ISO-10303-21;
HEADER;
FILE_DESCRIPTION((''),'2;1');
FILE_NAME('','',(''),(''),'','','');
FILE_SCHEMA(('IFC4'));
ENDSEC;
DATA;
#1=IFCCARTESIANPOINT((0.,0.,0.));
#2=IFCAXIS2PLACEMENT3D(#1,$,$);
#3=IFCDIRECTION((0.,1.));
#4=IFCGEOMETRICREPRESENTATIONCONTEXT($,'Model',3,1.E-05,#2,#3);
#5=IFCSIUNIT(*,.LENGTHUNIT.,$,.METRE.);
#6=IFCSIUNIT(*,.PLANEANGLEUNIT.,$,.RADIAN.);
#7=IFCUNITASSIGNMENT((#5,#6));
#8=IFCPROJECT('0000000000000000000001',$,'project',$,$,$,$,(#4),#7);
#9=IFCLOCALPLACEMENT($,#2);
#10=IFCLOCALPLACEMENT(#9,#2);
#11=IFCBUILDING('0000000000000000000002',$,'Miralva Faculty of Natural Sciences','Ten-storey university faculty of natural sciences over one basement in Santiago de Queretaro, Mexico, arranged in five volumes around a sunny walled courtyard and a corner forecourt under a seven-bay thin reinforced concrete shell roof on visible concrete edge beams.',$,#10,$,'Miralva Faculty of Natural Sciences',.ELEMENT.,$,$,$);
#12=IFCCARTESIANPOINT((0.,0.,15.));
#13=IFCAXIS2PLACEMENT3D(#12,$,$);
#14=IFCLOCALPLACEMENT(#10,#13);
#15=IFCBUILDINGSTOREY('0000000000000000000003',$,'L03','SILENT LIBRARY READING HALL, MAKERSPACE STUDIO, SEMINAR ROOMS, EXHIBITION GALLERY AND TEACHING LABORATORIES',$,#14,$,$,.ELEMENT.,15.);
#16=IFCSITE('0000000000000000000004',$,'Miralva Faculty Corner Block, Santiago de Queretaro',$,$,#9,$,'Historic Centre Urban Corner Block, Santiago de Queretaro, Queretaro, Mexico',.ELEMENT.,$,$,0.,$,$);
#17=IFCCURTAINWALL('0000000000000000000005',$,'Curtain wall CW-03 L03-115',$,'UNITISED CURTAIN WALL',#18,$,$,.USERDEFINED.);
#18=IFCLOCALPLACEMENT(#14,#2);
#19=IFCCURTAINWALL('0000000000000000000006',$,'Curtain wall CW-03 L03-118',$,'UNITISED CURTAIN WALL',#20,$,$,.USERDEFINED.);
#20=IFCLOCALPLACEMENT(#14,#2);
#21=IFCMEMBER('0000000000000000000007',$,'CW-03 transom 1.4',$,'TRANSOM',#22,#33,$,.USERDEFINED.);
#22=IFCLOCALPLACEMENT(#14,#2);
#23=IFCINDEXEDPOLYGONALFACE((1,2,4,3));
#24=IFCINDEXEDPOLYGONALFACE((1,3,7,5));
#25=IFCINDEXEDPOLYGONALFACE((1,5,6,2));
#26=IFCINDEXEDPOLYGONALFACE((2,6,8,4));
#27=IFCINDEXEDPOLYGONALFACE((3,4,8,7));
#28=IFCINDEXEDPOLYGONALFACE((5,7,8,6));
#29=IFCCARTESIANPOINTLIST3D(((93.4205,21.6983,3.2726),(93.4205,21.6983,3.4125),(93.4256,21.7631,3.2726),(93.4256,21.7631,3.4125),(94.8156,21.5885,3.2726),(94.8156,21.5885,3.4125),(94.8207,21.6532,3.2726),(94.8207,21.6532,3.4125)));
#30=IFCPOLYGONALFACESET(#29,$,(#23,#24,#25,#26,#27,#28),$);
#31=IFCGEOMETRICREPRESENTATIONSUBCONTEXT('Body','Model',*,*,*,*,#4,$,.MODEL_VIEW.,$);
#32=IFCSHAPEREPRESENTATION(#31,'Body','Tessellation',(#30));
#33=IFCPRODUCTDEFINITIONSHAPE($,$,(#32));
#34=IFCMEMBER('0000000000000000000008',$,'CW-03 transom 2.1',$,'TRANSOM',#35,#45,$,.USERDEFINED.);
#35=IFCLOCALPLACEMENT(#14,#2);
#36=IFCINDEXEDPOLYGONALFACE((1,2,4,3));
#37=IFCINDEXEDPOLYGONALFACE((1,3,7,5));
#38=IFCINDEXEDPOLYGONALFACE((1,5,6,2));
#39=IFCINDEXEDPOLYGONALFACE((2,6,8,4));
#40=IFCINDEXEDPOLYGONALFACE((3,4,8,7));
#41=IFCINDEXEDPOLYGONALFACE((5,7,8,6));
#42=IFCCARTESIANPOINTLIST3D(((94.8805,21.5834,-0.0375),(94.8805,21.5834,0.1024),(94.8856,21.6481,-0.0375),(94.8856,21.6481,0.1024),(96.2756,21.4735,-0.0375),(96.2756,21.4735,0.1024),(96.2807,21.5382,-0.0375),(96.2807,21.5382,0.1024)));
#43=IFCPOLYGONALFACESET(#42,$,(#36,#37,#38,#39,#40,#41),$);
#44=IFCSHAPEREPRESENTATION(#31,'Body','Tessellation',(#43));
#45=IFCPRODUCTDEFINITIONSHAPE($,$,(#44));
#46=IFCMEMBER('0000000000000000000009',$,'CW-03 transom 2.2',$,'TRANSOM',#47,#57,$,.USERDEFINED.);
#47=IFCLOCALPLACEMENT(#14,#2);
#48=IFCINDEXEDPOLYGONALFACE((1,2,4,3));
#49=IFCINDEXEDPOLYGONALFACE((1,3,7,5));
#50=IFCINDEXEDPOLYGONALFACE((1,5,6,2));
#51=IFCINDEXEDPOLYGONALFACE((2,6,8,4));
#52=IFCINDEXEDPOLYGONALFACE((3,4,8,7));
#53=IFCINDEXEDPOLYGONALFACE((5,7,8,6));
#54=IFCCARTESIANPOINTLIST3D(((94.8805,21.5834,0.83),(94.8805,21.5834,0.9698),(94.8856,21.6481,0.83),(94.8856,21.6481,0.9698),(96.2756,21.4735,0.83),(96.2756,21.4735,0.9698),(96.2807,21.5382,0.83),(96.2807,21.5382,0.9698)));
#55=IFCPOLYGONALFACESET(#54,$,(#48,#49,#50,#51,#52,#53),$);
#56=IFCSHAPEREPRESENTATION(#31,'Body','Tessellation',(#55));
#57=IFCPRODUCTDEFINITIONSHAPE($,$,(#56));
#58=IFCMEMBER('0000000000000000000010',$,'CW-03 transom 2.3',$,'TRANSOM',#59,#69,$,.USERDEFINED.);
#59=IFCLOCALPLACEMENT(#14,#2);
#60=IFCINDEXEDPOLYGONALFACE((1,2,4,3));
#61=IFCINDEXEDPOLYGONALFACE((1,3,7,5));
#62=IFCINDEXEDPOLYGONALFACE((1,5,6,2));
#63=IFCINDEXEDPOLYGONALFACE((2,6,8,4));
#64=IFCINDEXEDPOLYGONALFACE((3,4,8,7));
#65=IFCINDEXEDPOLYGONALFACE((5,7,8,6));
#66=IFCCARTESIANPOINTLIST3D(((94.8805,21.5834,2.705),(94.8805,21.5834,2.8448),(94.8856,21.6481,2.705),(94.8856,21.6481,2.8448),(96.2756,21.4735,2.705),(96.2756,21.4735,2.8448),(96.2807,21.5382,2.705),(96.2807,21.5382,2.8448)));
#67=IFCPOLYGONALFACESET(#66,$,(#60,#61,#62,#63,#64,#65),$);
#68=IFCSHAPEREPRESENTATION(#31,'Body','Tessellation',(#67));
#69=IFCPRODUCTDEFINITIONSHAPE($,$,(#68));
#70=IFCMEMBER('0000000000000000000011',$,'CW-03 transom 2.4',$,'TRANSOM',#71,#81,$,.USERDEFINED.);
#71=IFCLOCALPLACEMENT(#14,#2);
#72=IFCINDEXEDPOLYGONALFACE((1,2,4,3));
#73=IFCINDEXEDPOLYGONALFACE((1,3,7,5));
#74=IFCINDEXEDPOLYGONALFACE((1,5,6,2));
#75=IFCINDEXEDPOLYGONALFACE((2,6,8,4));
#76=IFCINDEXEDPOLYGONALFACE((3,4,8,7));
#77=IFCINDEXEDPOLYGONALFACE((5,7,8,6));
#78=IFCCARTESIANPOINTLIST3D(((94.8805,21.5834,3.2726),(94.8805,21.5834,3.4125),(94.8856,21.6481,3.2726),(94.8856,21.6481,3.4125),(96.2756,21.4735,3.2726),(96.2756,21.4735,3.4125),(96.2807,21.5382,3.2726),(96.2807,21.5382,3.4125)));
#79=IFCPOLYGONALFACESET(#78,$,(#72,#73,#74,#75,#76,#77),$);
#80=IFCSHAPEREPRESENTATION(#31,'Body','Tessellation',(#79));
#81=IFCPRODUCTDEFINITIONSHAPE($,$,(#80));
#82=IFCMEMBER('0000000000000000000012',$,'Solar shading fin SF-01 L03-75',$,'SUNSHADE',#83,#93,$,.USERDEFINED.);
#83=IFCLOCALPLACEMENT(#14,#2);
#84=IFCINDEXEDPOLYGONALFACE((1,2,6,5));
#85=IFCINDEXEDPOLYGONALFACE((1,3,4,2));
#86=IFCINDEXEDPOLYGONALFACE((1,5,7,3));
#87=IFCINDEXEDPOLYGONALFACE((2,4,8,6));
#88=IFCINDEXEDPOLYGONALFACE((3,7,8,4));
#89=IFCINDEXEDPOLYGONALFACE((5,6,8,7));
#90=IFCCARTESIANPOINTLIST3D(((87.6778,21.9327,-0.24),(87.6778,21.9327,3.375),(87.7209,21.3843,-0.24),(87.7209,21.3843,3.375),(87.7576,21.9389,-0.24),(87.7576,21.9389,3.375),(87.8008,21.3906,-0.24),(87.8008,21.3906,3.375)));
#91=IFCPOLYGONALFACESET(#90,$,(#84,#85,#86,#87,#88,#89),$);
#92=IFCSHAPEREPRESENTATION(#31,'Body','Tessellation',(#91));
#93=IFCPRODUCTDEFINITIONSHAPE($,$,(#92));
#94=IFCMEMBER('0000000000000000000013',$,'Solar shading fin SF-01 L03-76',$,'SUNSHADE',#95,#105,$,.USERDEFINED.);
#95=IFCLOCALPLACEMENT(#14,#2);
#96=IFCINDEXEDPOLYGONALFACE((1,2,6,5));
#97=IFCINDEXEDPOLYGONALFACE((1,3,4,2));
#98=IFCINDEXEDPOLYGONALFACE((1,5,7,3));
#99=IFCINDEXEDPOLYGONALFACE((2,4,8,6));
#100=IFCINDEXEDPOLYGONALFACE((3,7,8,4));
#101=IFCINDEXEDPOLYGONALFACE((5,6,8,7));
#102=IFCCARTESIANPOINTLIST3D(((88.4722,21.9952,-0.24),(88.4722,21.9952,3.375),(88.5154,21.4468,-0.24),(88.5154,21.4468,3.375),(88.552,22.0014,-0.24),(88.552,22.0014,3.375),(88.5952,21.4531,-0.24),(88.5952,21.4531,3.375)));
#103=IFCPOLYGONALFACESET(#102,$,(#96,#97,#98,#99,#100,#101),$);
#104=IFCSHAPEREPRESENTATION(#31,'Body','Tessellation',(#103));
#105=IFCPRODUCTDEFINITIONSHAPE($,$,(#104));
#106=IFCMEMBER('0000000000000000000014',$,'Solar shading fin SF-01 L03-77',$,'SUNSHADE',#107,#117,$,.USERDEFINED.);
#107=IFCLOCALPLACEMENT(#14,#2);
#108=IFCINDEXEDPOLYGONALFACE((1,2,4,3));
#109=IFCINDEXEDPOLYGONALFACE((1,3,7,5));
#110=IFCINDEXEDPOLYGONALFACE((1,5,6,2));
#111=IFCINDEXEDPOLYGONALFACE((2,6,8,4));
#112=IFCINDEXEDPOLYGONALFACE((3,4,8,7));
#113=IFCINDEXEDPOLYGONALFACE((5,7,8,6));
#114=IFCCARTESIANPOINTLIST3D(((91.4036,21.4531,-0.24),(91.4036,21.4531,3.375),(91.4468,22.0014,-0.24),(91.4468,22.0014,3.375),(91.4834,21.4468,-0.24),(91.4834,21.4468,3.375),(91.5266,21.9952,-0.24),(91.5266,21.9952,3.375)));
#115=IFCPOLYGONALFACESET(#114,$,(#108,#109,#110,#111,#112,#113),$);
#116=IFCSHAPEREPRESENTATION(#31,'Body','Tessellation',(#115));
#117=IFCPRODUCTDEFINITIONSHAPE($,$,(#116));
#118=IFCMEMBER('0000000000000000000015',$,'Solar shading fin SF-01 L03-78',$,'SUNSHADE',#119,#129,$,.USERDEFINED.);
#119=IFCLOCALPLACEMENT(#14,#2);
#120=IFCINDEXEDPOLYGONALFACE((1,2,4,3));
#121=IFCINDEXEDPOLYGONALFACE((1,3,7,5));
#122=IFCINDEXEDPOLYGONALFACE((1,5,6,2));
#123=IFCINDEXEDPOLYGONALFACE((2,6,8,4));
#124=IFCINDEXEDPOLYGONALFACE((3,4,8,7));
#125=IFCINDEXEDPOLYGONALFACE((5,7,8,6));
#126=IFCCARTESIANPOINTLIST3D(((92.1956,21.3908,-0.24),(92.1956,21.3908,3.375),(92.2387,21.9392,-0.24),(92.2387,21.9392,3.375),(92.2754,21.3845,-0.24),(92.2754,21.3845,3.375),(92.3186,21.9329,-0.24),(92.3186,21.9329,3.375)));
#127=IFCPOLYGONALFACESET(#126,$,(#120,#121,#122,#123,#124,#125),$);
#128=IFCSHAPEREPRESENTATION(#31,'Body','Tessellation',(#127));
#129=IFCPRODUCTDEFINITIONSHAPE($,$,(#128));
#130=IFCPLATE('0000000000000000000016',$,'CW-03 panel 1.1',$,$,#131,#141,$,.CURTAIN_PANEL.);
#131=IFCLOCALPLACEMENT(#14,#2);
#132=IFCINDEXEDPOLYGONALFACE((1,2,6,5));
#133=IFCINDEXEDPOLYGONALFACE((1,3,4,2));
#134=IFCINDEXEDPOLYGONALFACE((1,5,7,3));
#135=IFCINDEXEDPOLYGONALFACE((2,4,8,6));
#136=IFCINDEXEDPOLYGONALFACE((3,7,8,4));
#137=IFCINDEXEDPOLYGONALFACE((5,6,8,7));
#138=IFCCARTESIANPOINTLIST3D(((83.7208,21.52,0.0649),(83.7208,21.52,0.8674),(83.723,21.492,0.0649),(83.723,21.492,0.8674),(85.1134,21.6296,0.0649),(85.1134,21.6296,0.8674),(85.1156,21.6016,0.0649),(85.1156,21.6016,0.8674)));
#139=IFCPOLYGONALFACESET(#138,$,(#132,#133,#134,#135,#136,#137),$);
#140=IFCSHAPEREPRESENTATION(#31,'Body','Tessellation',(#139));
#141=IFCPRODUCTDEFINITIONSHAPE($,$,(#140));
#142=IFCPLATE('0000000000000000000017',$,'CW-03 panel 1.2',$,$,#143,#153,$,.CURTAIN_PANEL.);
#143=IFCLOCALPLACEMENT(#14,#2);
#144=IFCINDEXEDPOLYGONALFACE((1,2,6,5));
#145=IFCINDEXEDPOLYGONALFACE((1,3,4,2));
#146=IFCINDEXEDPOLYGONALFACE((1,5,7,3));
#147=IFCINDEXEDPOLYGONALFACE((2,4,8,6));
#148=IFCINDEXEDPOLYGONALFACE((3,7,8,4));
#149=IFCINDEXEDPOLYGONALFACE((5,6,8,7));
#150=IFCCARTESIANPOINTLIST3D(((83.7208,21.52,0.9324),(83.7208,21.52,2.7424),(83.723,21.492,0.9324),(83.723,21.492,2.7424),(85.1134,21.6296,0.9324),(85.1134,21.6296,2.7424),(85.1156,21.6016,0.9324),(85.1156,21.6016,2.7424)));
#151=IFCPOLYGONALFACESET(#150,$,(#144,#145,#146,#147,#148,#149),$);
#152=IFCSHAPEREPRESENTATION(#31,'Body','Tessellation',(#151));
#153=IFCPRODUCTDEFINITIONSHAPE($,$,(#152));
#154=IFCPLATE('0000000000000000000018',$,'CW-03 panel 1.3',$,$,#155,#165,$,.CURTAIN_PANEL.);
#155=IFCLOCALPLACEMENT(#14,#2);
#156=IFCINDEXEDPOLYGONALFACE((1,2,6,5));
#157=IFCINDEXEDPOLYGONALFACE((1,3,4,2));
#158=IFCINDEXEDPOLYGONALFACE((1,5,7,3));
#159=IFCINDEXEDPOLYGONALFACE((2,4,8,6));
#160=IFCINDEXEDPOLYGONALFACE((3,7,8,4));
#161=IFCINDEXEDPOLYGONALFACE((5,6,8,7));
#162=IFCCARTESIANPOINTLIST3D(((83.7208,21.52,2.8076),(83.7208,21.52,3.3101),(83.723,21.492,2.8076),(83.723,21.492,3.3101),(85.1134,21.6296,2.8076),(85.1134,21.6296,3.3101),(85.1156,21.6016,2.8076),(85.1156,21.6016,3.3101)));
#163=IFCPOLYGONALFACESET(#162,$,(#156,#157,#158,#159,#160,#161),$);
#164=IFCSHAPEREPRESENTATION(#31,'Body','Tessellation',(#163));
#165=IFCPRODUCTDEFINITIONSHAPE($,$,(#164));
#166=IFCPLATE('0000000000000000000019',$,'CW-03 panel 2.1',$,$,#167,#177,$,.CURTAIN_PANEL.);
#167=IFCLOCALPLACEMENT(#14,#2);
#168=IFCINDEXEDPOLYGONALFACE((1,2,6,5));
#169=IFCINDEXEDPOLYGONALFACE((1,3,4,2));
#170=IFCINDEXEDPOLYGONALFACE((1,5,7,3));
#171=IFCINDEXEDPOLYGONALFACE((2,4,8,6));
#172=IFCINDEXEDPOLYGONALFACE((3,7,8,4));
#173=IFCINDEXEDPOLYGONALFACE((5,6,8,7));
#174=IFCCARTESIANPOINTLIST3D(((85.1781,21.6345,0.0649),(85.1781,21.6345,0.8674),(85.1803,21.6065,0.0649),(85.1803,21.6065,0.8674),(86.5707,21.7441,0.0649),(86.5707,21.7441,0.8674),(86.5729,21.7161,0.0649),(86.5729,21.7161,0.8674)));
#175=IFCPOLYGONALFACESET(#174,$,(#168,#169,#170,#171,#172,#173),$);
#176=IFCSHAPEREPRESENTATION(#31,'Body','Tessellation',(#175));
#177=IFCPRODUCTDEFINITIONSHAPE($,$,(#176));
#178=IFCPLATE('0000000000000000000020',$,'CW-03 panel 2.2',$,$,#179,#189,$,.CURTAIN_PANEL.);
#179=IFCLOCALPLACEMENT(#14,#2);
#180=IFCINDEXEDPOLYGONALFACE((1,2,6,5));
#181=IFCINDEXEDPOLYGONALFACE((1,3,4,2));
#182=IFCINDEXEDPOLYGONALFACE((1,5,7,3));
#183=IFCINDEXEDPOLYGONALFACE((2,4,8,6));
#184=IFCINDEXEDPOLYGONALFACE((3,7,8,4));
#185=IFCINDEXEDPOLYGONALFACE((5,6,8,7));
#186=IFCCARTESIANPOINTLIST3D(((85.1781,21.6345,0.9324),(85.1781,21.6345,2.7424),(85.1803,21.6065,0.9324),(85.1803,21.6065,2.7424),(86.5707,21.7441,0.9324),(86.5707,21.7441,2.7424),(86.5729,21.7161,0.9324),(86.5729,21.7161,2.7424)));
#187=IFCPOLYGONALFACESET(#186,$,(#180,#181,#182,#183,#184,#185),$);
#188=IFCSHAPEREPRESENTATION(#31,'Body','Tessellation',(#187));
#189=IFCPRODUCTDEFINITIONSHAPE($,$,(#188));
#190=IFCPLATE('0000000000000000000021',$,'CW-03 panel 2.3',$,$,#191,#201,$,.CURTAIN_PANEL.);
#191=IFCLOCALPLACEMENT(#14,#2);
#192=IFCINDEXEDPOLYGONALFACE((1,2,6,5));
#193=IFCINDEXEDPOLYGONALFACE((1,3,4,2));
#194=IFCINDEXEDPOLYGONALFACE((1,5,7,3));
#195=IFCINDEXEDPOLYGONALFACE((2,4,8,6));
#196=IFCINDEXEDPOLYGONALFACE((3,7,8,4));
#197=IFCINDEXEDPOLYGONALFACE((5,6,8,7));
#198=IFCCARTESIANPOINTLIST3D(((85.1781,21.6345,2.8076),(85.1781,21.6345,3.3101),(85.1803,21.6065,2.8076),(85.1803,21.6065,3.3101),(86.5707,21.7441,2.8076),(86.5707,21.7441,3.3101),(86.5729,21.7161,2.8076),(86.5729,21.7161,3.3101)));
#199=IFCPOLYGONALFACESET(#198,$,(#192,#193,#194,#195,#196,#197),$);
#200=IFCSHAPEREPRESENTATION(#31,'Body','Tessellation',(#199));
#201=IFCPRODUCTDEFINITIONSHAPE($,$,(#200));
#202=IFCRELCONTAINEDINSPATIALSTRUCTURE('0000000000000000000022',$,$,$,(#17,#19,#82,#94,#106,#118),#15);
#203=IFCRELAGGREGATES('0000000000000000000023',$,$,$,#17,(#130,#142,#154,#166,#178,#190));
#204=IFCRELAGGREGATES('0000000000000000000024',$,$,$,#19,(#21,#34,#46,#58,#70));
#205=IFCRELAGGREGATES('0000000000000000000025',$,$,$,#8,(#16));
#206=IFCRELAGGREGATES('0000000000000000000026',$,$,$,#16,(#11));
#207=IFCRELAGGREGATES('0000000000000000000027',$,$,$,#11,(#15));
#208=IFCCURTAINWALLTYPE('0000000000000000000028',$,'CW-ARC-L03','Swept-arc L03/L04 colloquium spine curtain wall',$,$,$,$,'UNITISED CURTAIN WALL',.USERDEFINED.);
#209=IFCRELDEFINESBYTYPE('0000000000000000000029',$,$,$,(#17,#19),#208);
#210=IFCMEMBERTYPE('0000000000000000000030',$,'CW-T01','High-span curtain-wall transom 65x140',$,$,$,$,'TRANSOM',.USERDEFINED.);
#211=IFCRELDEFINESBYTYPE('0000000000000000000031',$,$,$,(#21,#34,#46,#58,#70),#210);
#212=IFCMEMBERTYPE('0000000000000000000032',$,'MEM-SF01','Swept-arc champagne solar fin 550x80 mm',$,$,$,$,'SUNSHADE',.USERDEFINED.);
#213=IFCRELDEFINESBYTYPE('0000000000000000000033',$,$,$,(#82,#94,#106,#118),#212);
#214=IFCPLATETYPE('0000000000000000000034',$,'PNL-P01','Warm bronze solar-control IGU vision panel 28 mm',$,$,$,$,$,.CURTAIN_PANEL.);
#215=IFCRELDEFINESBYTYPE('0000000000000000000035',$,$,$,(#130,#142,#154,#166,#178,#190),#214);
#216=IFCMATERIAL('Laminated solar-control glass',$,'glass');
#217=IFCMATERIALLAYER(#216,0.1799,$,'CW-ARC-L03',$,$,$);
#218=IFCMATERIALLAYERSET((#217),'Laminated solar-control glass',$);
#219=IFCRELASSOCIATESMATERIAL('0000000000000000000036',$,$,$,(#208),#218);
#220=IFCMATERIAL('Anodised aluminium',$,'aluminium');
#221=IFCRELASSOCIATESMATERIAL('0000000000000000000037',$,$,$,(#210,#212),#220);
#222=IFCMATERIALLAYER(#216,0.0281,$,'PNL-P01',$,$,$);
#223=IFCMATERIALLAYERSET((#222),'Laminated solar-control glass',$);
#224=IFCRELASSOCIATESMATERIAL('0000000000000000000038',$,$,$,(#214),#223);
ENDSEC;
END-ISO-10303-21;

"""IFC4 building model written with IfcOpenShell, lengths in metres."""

from ifc_helpers import new_model, si_unit, direction, frame, origin, origin_2d, place, context, subcontext, project, spatial, rectangle, extrude, material, layer, layer_set, material_profile, profile_set, type_object, element, aggregate, save


model = new_model("IFC4")

# Units and contexts
model_context = context("Model", 3, precision=1e-05, world=origin(), true_north=direction((0.0, 1.0)))
body_context = subcontext(model_context, "Body", "Model", "MODEL_VIEW")
ifc_project = project(units=[si_unit("LENGTHUNIT", "METRE"), si_unit("PLANEANGLEUNIT", "RADIAN")], contexts=[model_context])

# Site, building, storey
site_placement = place(None, origin())
site = spatial("IfcSite", under=ifc_project, at=site_placement, Name="Miralva Faculty Corner Block, Santiago de Queretaro", LongName="Historic Centre Urban Corner Block, Santiago de Queretaro, Queretaro, Mexico", CompositionType="ELEMENT", RefElevation=0.0)
building_placement = place(site_placement, origin())
building = spatial("IfcBuilding", under=site, at=building_placement, Name="Miralva Faculty of Natural Sciences", Description="Ten-storey university faculty of natural sciences over one basement in Santiago de Queretaro, Mexico, arranged in five volumes around a sunny walled courtyard and a corner forecourt under a seven-bay thin reinforced concrete shell roof on visible concrete edge beams.", LongName="Miralva Faculty of Natural Sciences", CompositionType="ELEMENT")
storey_placement = place(building_placement, frame((0.0, 0.0, 15.0)))
storey = spatial("IfcBuildingStorey", under=building, at=storey_placement, Name="L03", Description="SILENT LIBRARY READING HALL, MAKERSPACE STUDIO, SEMINAR ROOMS, EXHIBITION GALLERY AND TEACHING LABORATORIES", CompositionType="ELEMENT", Elevation=15.0)

# Curtain wall
ifc_material_1 = material(Name="Laminated solar-control glass", Category="glass")
ifc_layer_1 = layer(ifc_material_1, 0.1799, Name="CW-ARC-L03")
ifc_layer_set_1 = layer_set([ifc_layer_1], Name="Laminated solar-control glass")
curtain_wall_type = type_object("IfcCurtainWallType", Name="CW-ARC-L03", Description="Swept-arc L03/L04 colloquium spine curtain wall", ElementType="UNITISED CURTAIN WALL", PredefinedType="USERDEFINED", material=ifc_layer_set_1)
curtain_wall_1_placement = place(storey_placement, origin())
curtain_wall_1 = element("IfcCurtainWall", 1, at=curtain_wall_1_placement, inside=storey, type_object=curtain_wall_type, Name="Curtain wall CW-03 L03-115", ObjectType="UNITISED CURTAIN WALL", PredefinedType="USERDEFINED")
ifc_material_2 = material(Name="Anodised aluminium", Category="aluminium")

# Curtain wall
curtain_wall_2_placement = place(storey_placement, origin())
curtain_wall_2 = element("IfcCurtainWall", 2, at=curtain_wall_2_placement, inside=storey, type_object=curtain_wall_type, Name="Curtain wall CW-03 L03-118", ObjectType="UNITISED CURTAIN WALL", PredefinedType="USERDEFINED")

# Members
ifc_material_profile_1 = material_profile(ifc_material_2, rectangle(XDim=0.0649, YDim=0.1399, at=origin_2d()), Name="TRANSOM 65x140")
ifc_profile_set_1 = profile_set([ifc_material_profile_1], Name="Anodised aluminium")
member_type_1 = type_object("IfcMemberType", Name="CW-T01", Description="High-span curtain-wall transom 65x140", ElementType="TRANSOM", PredefinedType="USERDEFINED", material=ifc_profile_set_1)
member_1_placement = place(storey_placement, frame((93.4231, 21.7307, 3.3425), z_axis=(0.996913, -0.078511, 0.0), x_axis=(0.078511, 0.996913, 0.0)))
member_1 = element("IfcMember", 3, at=member_1_placement, type_object=member_type_1, Name="CW-03 transom 1.4", ObjectType="TRANSOM", PredefinedType="USERDEFINED", context=body_context, shape_type="SweptSolid", body=[
    extrude(rectangle(XDim=0.0649, YDim=0.1399, at=origin_2d()), origin(), (0.0, 0.0, 1.0), 1.3994),
])
member_2_placement = place(storey_placement, frame((94.8831, 21.6157, 0.0325), z_axis=(0.996913, -0.078511, 0.0), x_axis=(0.078511, 0.996913, 0.0)))
member_2 = element("IfcMember", 4, at=member_2_placement, type_object=member_type_1, Name="CW-03 transom 2.1", ObjectType="TRANSOM", PredefinedType="USERDEFINED", context=body_context, shape_type="SweptSolid", body=[
    extrude(rectangle(XDim=0.0649, YDim=0.1399, at=origin_2d()), origin(), (0.0, 0.0, 1.0), 1.3994),
])
member_3_placement = place(storey_placement, frame((94.8831, 21.6157, 0.8999), z_axis=(0.996913, -0.078511, 0.0), x_axis=(0.078511, 0.996913, 0.0)))
member_3 = element("IfcMember", 5, at=member_3_placement, type_object=member_type_1, Name="CW-03 transom 2.2", ObjectType="TRANSOM", PredefinedType="USERDEFINED", context=body_context, shape_type="SweptSolid", body=[
    extrude(rectangle(XDim=0.0649, YDim=0.1399, at=origin_2d()), origin(), (0.0, 0.0, 1.0), 1.3994),
])
member_4_placement = place(storey_placement, frame((94.8831, 21.6157, 2.7749), z_axis=(0.996913, -0.078511, 0.0), x_axis=(0.078511, 0.996913, 0.0)))
member_4 = element("IfcMember", 6, at=member_4_placement, type_object=member_type_1, Name="CW-03 transom 2.3", ObjectType="TRANSOM", PredefinedType="USERDEFINED", context=body_context, shape_type="SweptSolid", body=[
    extrude(rectangle(XDim=0.0649, YDim=0.1399, at=origin_2d()), origin(), (0.0, 0.0, 1.0), 1.3994),
])
member_5_placement = place(storey_placement, frame((94.8831, 21.6157, 3.3425), z_axis=(0.996913, -0.078511, 0.0), x_axis=(0.078511, 0.996913, 0.0)))
member_5 = element("IfcMember", 7, at=member_5_placement, type_object=member_type_1, Name="CW-03 transom 2.4", ObjectType="TRANSOM", PredefinedType="USERDEFINED", context=body_context, shape_type="SweptSolid", body=[
    extrude(rectangle(XDim=0.0649, YDim=0.1399, at=origin_2d()), origin(), (0.0, 0.0, 1.0), 1.3994),
])

# Members
ifc_material_profile_2 = material_profile(ifc_material_2, rectangle(XDim=0.0801, YDim=0.55, at=origin_2d()), Name="FIN 550x80")
ifc_profile_set_2 = profile_set([ifc_material_profile_2], Name="Anodised aluminium")
member_type_2 = type_object("IfcMemberType", Name="MEM-SF01", Description="Swept-arc champagne solar fin 550x80 mm", ElementType="SUNSHADE", PredefinedType="USERDEFINED", material=ifc_profile_set_2)
for number, where, z_axis, x_axis, name in (
    (8, (87.7393, 21.6616, -0.24), (0.0, 0.0, 1.0), (0.996917, 0.078459, 0.0), "Solar shading fin SF-01 L03-75"),
    (9, (88.5337, 21.7241, -0.24), (0.0, 0.0, 1.0), (0.996917, 0.078459, 0.0), "Solar shading fin SF-01 L03-76"),
    (10, (91.4651, 21.7241, -0.24), (0.0, 0.0, 1.0), (0.996917, -0.078459, 0.0), "Solar shading fin SF-01 L03-77"),
    (11, (92.2571, 21.6619, -0.24), (0.0, 0.0, 1.0), (0.996917, -0.078459, 0.0), "Solar shading fin SF-01 L03-78"),
):
    element("IfcMember", number, at=place(storey_placement, frame(where, z_axis=z_axis, x_axis=x_axis)), inside=storey, type_object=member_type_2, Name=name, ObjectType="SUNSHADE", PredefinedType="USERDEFINED", context=body_context, shape_type="SweptSolid", body=[
        extrude(rectangle(XDim=0.0801, YDim=0.55, at=origin_2d()), origin(), (0.0, 0.0, 1.0), 3.615),
    ])

# Plates
ifc_layer_2 = layer(ifc_material_1, 0.0281, Name="PNL-P01")
ifc_layer_set_2 = layer_set([ifc_layer_2], Name="Laminated solar-control glass")
plate_type = type_object("IfcPlateType", Name="PNL-P01", Description="Warm bronze solar-control IGU vision panel 28 mm", PredefinedType="CURTAIN_PANEL", material=ifc_layer_set_2)
plate_1_placement = place(storey_placement, frame((84.4182, 21.5608, 0.0649), z_axis=(0.0, 0.0, 1.0), x_axis=(0.996917, 0.078459, 0.0)))
plate_1 = element("IfcPlate", 12, at=plate_1_placement, type_object=plate_type, Name="CW-03 panel 1.1", PredefinedType="CURTAIN_PANEL", context=body_context, shape_type="SweptSolid", body=[
    extrude(rectangle(XDim=1.397, YDim=0.0281, at=origin_2d()), origin(), (0.0, 0.0, 1.0), 0.8025),
])
plate_2_placement = place(storey_placement, frame((84.4182, 21.5608, 0.9324), z_axis=(0.0, 0.0, 1.0), x_axis=(0.996917, 0.078459, 0.0)))
plate_2 = element("IfcPlate", 13, at=plate_2_placement, type_object=plate_type, Name="CW-03 panel 1.2", PredefinedType="CURTAIN_PANEL", context=body_context, shape_type="SweptSolid", body=[
    extrude(rectangle(XDim=1.397, YDim=0.0281, at=origin_2d()), origin(), (0.0, 0.0, 1.0), 1.8101),
])
plate_3_placement = place(storey_placement, frame((84.4182, 21.5608, 2.8076), z_axis=(0.0, 0.0, 1.0), x_axis=(0.996917, 0.078459, 0.0)))
plate_3 = element("IfcPlate", 14, at=plate_3_placement, type_object=plate_type, Name="CW-03 panel 1.3", PredefinedType="CURTAIN_PANEL", context=body_context, shape_type="SweptSolid", body=[
    extrude(rectangle(XDim=1.397, YDim=0.0281, at=origin_2d()), origin(), (0.0, 0.0, 1.0), 0.5024),
])
plate_4_placement = place(storey_placement, frame((85.8755, 21.6753, 0.0649), z_axis=(0.0, 0.0, 1.0), x_axis=(0.996917, 0.078459, 0.0)))
plate_4 = element("IfcPlate", 15, at=plate_4_placement, type_object=plate_type, Name="CW-03 panel 2.1", PredefinedType="CURTAIN_PANEL", context=body_context, shape_type="SweptSolid", body=[
    extrude(rectangle(XDim=1.397, YDim=0.0281, at=origin_2d()), origin(), (0.0, 0.0, 1.0), 0.8025),
])
plate_5_placement = place(storey_placement, frame((85.8755, 21.6753, 0.9324), z_axis=(0.0, 0.0, 1.0), x_axis=(0.996917, 0.078459, 0.0)))
plate_5 = element("IfcPlate", 16, at=plate_5_placement, type_object=plate_type, Name="CW-03 panel 2.2", PredefinedType="CURTAIN_PANEL", context=body_context, shape_type="SweptSolid", body=[
    extrude(rectangle(XDim=1.397, YDim=0.0281, at=origin_2d()), origin(), (0.0, 0.0, 1.0), 1.8101),
])
plate_6_placement = place(storey_placement, frame((85.8755, 21.6753, 2.8076), z_axis=(0.0, 0.0, 1.0), x_axis=(0.996917, 0.078459, 0.0)))
plate_6 = element("IfcPlate", 17, at=plate_6_placement, type_object=plate_type, Name="CW-03 panel 2.3", PredefinedType="CURTAIN_PANEL", context=body_context, shape_type="SweptSolid", body=[
    extrude(rectangle(XDim=1.397, YDim=0.0281, at=origin_2d()), origin(), (0.0, 0.0, 1.0), 0.5024),
])
aggregate(curtain_wall_1, [plate_1, plate_2, plate_3, plate_4, plate_5, plate_6])
aggregate(curtain_wall_2, [member_1, member_2, member_3, member_4, member_5])

save(model, "model.ifc")
